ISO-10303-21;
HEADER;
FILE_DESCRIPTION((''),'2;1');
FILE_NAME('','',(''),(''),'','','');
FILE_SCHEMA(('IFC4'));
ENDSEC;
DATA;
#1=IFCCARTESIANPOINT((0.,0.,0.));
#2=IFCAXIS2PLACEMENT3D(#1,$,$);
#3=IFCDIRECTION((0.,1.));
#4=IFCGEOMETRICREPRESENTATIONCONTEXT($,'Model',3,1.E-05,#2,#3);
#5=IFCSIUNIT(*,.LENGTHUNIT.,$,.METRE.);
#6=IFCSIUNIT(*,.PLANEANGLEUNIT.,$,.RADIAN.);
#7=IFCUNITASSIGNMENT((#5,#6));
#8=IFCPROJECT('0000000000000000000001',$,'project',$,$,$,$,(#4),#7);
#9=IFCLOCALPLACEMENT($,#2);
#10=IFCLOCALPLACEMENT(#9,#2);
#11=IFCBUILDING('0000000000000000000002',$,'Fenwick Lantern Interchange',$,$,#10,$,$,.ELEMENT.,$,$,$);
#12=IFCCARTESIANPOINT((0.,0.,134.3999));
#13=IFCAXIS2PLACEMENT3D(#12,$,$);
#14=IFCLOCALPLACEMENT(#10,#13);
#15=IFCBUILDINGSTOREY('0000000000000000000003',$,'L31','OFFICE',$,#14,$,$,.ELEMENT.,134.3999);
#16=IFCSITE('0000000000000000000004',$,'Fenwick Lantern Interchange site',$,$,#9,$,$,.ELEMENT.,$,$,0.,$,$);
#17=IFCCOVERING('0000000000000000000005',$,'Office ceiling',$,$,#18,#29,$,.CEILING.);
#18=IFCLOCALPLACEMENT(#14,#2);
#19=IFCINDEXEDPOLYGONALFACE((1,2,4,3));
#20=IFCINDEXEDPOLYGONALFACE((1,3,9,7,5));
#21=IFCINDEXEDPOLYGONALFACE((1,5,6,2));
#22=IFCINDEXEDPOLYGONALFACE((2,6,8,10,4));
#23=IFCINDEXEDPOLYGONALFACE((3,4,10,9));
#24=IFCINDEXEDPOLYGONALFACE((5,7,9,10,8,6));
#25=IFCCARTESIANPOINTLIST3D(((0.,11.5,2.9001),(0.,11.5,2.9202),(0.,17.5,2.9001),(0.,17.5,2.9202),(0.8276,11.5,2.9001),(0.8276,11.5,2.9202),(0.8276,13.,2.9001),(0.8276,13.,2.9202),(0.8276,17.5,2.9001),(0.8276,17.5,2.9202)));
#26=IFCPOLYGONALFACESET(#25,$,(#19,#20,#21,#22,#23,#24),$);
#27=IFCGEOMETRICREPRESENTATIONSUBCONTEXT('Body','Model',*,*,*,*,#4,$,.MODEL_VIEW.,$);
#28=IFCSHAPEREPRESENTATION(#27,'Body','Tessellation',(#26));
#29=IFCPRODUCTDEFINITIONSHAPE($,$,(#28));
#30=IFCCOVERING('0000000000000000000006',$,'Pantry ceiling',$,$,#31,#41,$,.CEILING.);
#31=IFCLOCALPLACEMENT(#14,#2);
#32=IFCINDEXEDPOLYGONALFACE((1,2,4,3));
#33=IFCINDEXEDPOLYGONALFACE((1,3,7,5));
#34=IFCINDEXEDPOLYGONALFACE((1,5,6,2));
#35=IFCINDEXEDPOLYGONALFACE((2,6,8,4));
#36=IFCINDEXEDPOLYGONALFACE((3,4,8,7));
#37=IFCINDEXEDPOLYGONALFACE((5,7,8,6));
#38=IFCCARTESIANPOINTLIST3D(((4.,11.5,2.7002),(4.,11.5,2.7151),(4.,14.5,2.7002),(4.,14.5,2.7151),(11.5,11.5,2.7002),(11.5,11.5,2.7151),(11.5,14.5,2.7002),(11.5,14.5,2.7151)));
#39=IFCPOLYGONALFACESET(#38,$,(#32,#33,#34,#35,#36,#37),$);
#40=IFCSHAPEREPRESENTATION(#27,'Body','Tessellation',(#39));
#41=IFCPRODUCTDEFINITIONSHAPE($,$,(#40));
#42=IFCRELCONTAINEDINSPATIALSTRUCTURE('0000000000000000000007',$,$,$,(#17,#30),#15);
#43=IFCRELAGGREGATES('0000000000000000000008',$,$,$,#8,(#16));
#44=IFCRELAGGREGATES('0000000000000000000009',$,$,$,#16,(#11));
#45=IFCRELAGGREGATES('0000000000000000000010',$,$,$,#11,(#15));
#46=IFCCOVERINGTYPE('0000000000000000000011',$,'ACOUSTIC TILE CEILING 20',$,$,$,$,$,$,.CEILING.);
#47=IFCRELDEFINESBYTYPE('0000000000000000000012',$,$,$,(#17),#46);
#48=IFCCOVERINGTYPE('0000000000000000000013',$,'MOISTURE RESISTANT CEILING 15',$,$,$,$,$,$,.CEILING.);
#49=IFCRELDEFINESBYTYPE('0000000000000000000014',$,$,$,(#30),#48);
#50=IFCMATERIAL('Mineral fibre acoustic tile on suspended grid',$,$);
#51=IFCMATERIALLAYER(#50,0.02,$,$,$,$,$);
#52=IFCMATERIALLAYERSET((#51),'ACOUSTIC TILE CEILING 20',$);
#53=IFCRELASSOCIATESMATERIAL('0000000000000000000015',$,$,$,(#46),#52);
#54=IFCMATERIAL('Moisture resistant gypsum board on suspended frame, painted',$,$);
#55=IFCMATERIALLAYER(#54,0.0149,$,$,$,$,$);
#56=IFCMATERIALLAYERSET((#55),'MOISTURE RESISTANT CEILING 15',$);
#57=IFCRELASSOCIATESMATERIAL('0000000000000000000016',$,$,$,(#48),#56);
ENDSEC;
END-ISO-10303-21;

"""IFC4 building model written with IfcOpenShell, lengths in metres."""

from ifc_helpers import new_model, si_unit, direction, frame, origin, place, context, subcontext, project, spatial, polyline, outline, extrude, material, layer, layer_set, type_object, element, save


model = new_model("IFC4")

# Units and contexts
model_context = context("Model", 3, precision=1e-05, world=origin(), true_north=direction((0.0, 1.0)))
body_context = subcontext(model_context, "Body", "Model", "MODEL_VIEW")
ifc_project = project(units=[si_unit("LENGTHUNIT", "METRE"), si_unit("PLANEANGLEUNIT", "RADIAN")], contexts=[model_context])

# Site, building, storey
site_placement = place(None, origin())
site = spatial("IfcSite", under=ifc_project, at=site_placement, Name="Fenwick Lantern Interchange site", CompositionType="ELEMENT", RefElevation=0.0)
building_placement = place(site_placement, origin())
building = spatial("IfcBuilding", under=site, at=building_placement, Name="Fenwick Lantern Interchange", CompositionType="ELEMENT")
storey_placement = place(building_placement, frame((0.0, 0.0, 134.3999)))
storey = spatial("IfcBuildingStorey", under=building, at=storey_placement, Name="L31", Description="OFFICE", CompositionType="ELEMENT", Elevation=134.3999)

# Coverings
ifc_material_1 = material(Name="Mineral fibre acoustic tile on suspended grid")
ifc_layer_1 = layer(ifc_material_1, 0.02)
ifc_layer_set_1 = layer_set([ifc_layer_1], Name="ACOUSTIC TILE CEILING 20")
covering_type_1 = type_object("IfcCoveringType", Name="ACOUSTIC TILE CEILING 20", PredefinedType="CEILING", material=ifc_layer_set_1)
covering_1_placement = place(storey_placement, frame((0.0, 0.0, 2.9001)))
element("IfcCovering", 1, at=covering_1_placement, inside=storey, type_object=covering_type_1, Name="Office ceiling", PredefinedType="CEILING", context=body_context, shape_type="SweptSolid", body=[
    extrude(outline(polyline([(0.0, 11.5), (0.8276, 11.5), (0.8276, 13.0), (0.8276, 17.5), (0.0, 17.5), (0.0, 11.5)])), origin(), (0.0, 0.0, 1.0), 0.02),
])
ifc_material_2 = material(Name="Moisture resistant gypsum board on suspended frame, painted")
ifc_layer_2 = layer(ifc_material_2, 0.0149)
ifc_layer_set_2 = layer_set([ifc_layer_2], Name="MOISTURE RESISTANT CEILING 15")
covering_type_2 = type_object("IfcCoveringType", Name="MOISTURE RESISTANT CEILING 15", PredefinedType="CEILING", material=ifc_layer_set_2)
covering_2_placement = place(storey_placement, frame((0.0, 0.0, 2.7002)))
element("IfcCovering", 2, at=covering_2_placement, inside=storey, type_object=covering_type_2, Name="Pantry ceiling", PredefinedType="CEILING", context=body_context, shape_type="SweptSolid", body=[
    extrude(outline(polyline([(4.0, 14.5), (4.0, 11.5), (11.5, 11.5), (11.5, 14.5), (4.0, 14.5)])), origin(), (0.0, 0.0, 1.0), 0.0149),
])

save(model, "model.ifc")
